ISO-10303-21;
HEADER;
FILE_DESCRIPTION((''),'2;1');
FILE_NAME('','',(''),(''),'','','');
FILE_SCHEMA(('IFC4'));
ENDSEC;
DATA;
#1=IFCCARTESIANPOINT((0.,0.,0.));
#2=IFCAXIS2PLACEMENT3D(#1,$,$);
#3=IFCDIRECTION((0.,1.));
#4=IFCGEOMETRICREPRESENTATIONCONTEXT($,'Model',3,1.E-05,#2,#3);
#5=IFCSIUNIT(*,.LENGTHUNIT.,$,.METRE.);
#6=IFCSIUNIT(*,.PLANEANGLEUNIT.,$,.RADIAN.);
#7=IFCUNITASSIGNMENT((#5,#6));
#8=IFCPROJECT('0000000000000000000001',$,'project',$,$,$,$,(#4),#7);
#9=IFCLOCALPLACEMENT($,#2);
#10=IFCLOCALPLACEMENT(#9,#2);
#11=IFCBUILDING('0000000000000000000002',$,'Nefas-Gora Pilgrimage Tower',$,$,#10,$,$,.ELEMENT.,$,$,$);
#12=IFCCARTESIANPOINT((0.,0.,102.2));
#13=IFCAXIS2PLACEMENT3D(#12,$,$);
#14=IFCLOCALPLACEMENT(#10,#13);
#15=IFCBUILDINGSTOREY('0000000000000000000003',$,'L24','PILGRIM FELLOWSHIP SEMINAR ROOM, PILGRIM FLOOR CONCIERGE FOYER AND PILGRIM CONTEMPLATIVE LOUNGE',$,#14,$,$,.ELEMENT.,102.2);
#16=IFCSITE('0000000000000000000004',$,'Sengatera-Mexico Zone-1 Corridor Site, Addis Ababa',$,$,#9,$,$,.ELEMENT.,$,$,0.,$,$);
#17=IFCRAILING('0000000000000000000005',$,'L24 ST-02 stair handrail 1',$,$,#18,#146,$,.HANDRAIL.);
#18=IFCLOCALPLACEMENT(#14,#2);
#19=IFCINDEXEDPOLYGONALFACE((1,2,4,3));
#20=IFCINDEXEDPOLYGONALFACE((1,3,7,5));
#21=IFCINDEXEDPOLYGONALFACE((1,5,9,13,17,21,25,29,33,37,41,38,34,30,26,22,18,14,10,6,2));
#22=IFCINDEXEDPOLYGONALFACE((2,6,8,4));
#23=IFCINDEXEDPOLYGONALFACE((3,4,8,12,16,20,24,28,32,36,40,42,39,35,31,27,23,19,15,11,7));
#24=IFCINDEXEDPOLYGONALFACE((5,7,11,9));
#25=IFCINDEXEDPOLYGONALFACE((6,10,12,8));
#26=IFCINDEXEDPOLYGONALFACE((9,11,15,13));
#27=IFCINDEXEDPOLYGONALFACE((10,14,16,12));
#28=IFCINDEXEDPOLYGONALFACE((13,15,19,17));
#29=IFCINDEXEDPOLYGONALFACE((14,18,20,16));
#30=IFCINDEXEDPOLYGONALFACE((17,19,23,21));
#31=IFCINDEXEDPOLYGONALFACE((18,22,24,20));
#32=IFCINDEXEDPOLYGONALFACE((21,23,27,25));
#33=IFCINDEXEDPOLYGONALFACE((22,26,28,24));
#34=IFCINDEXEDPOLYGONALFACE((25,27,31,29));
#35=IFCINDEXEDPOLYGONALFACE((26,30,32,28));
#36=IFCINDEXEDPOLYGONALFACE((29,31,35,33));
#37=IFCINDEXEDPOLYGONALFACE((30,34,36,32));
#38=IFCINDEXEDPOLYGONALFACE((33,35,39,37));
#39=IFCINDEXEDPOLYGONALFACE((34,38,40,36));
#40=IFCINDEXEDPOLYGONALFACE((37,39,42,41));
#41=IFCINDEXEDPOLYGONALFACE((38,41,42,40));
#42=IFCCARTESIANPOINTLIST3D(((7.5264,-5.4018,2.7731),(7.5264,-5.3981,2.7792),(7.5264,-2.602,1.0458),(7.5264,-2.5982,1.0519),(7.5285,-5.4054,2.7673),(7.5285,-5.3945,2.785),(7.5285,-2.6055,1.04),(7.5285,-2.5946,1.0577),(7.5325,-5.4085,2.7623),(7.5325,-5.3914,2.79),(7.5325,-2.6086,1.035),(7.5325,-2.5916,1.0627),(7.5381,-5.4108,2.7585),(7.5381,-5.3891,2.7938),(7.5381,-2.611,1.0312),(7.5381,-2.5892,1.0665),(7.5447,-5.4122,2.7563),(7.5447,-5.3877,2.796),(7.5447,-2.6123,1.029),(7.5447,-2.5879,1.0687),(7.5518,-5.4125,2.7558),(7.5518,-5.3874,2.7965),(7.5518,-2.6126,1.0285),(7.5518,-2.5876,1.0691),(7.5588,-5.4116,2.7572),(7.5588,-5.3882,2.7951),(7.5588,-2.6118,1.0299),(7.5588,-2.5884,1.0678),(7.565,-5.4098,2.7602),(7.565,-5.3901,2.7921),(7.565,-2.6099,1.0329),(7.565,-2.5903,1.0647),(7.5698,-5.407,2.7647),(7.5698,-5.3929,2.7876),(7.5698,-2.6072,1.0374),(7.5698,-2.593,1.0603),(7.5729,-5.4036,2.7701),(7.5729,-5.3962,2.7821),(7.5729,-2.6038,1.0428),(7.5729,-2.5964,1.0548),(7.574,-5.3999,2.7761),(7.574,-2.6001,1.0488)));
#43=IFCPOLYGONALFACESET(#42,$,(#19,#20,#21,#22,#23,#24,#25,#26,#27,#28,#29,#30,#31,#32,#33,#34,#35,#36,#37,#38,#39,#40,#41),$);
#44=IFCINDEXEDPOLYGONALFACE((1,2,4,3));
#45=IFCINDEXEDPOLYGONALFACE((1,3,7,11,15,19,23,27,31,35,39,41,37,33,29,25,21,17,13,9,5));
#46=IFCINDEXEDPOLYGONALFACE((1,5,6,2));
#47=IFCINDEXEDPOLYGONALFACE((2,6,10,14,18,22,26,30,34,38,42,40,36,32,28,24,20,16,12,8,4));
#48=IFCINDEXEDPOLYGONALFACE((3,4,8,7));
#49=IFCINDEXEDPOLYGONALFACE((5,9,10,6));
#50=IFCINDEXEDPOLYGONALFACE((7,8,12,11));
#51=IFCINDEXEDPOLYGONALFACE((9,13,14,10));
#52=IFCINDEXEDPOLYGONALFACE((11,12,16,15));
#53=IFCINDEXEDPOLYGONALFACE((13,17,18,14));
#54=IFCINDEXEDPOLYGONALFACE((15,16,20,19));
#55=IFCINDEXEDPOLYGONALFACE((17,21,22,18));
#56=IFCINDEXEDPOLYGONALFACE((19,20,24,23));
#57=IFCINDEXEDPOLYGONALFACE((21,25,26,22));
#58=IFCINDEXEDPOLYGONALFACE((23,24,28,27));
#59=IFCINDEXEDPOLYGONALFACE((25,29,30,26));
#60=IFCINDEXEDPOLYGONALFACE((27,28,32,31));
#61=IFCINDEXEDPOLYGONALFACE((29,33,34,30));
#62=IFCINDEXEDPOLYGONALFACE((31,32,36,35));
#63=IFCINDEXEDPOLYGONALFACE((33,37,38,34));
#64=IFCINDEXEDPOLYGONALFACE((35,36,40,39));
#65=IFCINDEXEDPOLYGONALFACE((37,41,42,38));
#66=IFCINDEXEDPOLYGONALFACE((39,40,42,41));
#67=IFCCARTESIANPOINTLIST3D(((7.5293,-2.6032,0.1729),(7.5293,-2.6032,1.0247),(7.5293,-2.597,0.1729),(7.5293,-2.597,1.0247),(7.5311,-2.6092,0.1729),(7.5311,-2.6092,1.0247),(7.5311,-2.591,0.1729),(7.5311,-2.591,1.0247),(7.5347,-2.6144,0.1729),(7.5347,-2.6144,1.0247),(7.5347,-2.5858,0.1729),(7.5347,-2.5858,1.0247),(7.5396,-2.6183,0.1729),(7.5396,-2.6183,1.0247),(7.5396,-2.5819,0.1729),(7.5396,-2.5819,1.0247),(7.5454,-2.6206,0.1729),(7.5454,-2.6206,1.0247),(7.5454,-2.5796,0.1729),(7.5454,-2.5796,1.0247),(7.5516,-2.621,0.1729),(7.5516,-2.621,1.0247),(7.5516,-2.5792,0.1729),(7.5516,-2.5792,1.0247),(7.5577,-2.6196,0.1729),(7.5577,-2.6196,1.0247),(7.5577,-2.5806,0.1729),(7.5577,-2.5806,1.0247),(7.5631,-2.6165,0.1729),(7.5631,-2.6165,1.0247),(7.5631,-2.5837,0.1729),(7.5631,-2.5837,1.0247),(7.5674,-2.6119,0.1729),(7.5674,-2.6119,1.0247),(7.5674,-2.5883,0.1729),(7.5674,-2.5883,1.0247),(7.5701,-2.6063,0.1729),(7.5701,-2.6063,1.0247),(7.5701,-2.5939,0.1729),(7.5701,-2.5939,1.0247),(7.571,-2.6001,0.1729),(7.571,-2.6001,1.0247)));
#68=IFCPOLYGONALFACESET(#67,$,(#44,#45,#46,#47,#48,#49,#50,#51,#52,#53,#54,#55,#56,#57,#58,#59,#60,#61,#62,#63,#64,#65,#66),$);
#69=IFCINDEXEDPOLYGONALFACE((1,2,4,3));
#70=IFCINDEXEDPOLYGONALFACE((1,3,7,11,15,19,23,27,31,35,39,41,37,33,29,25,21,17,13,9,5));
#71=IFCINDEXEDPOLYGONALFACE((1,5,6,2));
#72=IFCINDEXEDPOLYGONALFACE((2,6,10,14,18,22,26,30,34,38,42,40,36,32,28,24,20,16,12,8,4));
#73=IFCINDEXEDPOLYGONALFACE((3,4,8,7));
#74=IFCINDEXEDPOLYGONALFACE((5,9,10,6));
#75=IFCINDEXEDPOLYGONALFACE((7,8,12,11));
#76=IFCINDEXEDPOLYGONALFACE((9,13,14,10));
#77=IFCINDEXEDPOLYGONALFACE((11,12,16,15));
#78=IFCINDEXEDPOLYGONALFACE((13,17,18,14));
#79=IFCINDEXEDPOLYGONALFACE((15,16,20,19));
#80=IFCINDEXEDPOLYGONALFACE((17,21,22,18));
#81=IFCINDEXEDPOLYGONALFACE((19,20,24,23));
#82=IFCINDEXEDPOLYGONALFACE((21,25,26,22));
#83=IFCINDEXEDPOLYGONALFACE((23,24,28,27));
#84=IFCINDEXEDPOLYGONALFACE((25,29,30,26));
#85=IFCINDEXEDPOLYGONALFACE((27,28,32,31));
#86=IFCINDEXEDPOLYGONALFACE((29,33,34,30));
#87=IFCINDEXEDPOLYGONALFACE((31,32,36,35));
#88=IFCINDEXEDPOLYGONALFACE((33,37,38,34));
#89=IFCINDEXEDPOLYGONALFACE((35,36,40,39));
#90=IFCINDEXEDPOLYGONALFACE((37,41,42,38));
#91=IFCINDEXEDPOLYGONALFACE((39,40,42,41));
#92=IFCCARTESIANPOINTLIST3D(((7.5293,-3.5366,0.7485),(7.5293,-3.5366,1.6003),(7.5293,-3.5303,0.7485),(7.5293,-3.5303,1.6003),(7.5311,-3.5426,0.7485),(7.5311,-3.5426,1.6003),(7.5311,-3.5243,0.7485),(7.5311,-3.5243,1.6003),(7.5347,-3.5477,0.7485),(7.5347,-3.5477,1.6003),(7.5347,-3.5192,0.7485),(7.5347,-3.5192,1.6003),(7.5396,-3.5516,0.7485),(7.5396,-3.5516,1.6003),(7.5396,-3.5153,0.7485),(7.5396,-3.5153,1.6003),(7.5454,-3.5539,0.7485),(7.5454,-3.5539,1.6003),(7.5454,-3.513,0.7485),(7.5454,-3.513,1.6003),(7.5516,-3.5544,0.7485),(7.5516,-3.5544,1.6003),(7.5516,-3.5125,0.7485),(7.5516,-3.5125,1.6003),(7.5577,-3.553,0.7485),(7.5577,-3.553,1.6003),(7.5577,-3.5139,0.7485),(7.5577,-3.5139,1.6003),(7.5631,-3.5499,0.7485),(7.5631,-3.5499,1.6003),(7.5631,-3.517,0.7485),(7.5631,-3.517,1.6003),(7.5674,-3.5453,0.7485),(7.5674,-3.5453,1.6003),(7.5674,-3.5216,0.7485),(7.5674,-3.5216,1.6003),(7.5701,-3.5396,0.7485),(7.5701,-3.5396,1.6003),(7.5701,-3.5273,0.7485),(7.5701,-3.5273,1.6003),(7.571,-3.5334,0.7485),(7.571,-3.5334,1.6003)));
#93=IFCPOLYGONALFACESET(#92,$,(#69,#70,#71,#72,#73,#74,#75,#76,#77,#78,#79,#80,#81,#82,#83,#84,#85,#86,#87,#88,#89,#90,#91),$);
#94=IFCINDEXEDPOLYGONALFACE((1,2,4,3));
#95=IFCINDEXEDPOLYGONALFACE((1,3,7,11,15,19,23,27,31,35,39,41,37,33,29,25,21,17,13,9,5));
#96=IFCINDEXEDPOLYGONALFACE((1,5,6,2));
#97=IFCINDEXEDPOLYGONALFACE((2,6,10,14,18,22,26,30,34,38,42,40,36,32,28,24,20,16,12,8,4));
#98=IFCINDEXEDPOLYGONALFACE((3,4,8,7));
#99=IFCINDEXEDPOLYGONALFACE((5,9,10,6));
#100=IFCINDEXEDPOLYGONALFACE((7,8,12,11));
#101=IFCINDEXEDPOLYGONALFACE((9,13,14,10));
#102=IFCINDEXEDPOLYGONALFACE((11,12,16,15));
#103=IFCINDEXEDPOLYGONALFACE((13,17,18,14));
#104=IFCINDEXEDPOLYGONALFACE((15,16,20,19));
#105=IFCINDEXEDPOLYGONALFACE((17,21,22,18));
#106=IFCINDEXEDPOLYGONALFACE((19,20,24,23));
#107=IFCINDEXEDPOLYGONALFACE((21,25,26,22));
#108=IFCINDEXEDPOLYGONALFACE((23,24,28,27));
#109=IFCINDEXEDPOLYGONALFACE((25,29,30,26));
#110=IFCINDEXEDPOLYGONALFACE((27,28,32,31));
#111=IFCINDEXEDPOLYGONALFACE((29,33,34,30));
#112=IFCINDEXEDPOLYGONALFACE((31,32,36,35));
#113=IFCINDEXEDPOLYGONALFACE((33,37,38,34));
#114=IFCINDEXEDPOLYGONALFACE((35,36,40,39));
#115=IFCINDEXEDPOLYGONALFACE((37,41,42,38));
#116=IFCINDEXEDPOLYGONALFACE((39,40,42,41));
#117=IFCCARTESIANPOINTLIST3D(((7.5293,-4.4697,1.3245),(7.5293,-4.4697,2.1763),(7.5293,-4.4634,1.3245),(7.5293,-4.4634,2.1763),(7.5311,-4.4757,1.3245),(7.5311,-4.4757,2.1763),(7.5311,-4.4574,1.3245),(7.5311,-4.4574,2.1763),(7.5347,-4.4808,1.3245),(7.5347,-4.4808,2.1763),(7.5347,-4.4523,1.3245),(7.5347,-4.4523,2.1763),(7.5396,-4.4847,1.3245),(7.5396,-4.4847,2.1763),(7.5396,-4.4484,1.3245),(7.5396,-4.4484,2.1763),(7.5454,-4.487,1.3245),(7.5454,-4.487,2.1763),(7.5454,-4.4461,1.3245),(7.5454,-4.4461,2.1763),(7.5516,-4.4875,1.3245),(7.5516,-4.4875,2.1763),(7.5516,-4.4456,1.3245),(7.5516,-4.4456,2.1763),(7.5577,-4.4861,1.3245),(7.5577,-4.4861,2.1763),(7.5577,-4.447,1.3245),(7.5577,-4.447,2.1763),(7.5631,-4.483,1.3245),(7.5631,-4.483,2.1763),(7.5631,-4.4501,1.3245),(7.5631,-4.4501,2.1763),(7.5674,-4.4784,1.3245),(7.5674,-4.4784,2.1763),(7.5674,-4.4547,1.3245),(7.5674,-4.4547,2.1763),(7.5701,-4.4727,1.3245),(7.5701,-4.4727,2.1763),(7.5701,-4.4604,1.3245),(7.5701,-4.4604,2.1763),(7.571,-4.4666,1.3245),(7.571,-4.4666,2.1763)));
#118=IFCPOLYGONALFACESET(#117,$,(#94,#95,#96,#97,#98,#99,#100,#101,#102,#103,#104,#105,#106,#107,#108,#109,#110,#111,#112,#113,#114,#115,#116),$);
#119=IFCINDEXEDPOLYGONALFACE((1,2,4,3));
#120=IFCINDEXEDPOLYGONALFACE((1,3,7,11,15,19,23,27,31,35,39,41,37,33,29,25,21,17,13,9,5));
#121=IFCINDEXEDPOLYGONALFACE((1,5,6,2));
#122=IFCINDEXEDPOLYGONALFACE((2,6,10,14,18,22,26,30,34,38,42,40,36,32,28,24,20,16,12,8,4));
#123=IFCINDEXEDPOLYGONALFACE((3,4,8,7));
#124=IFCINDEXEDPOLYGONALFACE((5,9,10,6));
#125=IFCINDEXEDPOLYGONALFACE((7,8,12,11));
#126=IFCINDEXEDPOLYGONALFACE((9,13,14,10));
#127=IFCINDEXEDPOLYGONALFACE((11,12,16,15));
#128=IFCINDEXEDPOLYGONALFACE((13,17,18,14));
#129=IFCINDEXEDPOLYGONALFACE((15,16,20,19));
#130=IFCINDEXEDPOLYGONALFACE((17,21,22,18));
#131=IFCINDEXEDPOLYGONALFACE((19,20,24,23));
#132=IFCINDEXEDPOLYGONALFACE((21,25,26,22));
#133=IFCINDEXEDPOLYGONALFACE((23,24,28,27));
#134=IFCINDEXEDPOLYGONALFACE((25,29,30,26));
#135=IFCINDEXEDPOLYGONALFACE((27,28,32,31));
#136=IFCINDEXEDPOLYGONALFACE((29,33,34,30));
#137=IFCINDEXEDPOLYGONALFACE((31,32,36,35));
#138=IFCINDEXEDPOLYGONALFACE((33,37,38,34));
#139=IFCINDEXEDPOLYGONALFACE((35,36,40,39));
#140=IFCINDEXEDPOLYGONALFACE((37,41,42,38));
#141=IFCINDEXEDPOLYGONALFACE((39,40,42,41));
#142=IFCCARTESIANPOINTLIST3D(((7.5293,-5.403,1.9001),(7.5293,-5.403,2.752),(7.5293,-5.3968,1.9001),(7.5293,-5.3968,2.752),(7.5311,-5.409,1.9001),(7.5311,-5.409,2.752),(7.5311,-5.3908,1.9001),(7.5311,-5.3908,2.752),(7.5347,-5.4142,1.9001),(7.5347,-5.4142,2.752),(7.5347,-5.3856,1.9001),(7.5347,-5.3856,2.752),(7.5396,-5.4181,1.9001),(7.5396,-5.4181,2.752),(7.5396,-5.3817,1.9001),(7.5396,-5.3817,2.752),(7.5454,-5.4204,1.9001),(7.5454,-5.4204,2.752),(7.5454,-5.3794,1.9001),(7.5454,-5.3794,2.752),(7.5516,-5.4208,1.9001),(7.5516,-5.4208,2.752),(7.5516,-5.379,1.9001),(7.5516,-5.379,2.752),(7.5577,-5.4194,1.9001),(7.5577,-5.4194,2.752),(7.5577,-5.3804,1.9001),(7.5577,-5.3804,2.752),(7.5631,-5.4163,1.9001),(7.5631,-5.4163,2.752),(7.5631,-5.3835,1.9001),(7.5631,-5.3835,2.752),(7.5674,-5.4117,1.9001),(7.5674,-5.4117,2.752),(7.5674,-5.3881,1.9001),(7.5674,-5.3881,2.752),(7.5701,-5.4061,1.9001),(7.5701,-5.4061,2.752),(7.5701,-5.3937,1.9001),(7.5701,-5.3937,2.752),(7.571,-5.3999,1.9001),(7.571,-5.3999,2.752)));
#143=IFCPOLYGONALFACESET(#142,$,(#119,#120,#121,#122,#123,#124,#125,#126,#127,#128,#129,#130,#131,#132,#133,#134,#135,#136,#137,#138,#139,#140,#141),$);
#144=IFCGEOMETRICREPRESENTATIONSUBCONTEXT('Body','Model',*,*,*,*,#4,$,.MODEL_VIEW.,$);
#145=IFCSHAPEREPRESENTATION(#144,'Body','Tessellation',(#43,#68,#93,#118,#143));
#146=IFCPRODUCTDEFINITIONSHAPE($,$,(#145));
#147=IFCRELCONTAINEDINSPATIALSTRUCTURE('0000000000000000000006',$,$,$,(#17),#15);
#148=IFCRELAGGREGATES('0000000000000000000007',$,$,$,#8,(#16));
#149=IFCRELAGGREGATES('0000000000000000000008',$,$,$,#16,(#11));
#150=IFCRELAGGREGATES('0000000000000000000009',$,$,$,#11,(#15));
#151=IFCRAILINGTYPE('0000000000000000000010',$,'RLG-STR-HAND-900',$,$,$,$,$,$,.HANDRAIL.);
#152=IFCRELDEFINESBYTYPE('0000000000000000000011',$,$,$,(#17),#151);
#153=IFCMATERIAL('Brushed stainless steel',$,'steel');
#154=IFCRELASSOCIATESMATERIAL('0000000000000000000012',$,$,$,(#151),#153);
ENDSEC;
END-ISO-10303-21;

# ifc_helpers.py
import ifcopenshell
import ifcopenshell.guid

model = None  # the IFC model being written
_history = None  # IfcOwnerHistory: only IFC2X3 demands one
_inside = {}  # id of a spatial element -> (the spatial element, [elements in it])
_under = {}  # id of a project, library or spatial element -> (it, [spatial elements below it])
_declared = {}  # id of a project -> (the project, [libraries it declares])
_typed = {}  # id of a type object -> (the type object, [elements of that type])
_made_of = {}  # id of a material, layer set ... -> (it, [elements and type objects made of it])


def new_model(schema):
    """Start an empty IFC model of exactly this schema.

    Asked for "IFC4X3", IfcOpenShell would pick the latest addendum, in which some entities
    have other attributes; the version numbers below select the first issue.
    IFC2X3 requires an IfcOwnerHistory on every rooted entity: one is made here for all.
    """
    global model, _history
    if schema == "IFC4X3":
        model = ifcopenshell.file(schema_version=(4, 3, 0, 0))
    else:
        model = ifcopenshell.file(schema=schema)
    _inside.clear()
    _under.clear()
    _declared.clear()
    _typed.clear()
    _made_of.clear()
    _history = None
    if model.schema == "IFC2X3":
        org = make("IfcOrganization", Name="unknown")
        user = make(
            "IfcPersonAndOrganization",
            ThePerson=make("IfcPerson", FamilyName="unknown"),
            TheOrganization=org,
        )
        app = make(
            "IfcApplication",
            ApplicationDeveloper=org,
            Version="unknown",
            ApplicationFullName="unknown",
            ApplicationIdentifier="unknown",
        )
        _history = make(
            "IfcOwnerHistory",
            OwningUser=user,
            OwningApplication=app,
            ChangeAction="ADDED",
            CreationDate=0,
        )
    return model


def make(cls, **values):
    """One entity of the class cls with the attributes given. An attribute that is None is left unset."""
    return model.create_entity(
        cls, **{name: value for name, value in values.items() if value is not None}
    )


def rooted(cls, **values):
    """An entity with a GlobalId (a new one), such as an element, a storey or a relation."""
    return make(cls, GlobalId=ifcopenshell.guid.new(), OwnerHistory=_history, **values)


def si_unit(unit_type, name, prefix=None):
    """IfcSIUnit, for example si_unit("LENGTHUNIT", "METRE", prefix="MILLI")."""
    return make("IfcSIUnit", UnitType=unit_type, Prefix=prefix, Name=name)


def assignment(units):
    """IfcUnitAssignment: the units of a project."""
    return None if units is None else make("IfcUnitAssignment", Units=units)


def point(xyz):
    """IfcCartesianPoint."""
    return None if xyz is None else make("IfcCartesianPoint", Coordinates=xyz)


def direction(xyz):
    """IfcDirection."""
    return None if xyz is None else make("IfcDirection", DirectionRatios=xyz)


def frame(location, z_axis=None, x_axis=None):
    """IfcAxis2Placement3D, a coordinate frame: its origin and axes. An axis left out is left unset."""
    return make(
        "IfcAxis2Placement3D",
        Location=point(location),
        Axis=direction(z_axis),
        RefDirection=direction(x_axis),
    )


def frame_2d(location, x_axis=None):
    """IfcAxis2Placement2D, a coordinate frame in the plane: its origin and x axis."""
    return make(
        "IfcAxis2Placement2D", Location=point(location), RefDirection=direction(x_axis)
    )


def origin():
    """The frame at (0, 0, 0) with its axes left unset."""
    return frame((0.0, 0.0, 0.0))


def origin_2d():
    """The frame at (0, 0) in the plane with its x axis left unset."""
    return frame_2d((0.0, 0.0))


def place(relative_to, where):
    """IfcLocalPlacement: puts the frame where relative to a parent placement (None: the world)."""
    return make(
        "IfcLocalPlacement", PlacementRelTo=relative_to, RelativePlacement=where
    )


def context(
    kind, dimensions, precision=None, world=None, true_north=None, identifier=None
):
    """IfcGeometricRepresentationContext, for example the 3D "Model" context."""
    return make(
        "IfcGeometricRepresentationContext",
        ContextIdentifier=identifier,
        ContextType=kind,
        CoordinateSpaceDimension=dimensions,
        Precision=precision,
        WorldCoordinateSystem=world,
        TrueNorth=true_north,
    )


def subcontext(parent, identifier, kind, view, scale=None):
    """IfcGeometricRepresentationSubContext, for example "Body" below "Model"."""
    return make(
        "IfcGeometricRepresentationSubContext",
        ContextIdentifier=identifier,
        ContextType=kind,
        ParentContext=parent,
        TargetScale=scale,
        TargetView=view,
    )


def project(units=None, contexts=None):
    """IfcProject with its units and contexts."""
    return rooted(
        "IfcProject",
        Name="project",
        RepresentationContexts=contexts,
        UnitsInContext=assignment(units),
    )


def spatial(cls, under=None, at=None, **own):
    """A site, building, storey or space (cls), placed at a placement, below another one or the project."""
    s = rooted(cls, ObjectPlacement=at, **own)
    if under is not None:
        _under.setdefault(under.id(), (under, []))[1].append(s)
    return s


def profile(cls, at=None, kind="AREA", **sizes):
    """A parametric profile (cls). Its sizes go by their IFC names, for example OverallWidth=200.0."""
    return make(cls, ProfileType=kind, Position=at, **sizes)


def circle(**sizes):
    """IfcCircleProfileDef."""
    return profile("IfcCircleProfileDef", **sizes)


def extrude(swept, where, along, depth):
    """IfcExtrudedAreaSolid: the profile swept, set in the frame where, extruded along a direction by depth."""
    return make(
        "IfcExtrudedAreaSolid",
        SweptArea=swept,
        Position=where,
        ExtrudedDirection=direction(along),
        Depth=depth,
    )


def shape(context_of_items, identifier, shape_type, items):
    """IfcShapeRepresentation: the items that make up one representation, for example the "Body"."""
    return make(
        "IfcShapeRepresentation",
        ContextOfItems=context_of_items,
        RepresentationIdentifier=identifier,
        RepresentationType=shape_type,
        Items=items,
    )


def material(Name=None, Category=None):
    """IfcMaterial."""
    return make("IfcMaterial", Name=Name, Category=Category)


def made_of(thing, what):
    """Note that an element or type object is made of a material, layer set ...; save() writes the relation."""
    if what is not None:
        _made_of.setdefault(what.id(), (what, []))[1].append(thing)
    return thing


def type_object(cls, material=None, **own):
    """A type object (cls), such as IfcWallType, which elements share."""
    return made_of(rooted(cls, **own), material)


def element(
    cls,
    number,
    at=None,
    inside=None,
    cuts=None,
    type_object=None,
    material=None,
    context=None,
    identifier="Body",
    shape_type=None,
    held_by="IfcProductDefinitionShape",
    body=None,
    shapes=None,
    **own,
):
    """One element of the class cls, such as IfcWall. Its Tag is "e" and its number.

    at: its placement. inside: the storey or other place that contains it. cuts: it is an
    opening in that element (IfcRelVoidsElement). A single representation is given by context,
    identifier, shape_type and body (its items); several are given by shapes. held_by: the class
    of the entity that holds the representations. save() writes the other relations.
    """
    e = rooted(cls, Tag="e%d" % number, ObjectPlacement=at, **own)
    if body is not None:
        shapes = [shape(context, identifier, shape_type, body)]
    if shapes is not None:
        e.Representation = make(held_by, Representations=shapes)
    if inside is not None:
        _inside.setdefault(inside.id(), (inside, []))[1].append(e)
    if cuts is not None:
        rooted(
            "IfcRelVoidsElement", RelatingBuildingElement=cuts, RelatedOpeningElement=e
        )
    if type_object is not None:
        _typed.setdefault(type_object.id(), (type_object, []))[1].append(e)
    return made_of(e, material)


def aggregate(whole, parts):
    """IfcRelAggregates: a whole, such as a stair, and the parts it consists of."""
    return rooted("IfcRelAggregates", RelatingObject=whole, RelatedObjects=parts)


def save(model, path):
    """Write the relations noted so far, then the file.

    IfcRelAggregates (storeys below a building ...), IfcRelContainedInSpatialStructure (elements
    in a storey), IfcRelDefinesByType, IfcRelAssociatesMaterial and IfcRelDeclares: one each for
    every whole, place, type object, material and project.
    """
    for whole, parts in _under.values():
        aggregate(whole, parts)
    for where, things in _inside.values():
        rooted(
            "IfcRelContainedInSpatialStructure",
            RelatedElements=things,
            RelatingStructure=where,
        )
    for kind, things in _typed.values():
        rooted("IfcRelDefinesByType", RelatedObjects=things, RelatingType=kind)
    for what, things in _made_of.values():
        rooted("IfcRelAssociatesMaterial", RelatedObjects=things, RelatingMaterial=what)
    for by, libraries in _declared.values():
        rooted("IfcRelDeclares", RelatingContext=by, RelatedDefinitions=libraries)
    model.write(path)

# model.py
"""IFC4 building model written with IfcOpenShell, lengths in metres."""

from ifc_helpers import new_model, si_unit, direction, frame, origin, origin_2d, place, context, subcontext, project, spatial, circle, extrude, material, type_object, element, save


model = new_model("IFC4")

# Units and contexts
model_context = context("Model", 3, precision=1e-05, world=origin(), true_north=direction((0.0, 1.0)))
body_context = subcontext(model_context, "Body", "Model", "MODEL_VIEW")
ifc_project = project(units=[si_unit("LENGTHUNIT", "METRE"), si_unit("PLANEANGLEUNIT", "RADIAN")], contexts=[model_context])

# Site, building, storey
site_placement = place(None, origin())
site = spatial("IfcSite", under=ifc_project, at=site_placement, Name="Sengatera-Mexico Zone-1 Corridor Site, Addis Ababa", CompositionType="ELEMENT", RefElevation=0.0)
building_placement = place(site_placement, origin())
building = spatial("IfcBuilding", under=site, at=building_placement, Name="Nefas-Gora Pilgrimage Tower", CompositionType="ELEMENT")
storey_placement = place(building_placement, frame((0.0, 0.0, 102.2)))
storey = spatial("IfcBuildingStorey", under=building, at=storey_placement, Name="L24", Description="PILGRIM FELLOWSHIP SEMINAR ROOM, PILGRIM FLOOR CONCIERGE FOYER AND PILGRIM CONTEMPLATIVE LOUNGE", CompositionType="ELEMENT", Elevation=102.2)

# Railing
ifc_material_1 = material(Name="Brushed stainless steel", Category="steel")
railing_type = type_object("IfcRailingType", Name="RLG-STR-HAND-900", PredefinedType="HANDRAIL", material=ifc_material_1)
railing_placement = place(storey_placement, frame((7.55, -2.6001, 0.1729)))
element("IfcRailing", 1, at=railing_placement, inside=storey, type_object=railing_type, Name="L24 ST-02 stair handrail 1", PredefinedType="HANDRAIL", context=body_context, shape_type="SweptSolid", body=[
    extrude(circle(Radius=0.0239, at=origin_2d()), frame((0.0, 0.0, 0.876), z_axis=(0.0, -0.851069, 0.525054), x_axis=(1.0, 0.0, 0.0)), (0.0, 0.0, 1.0), 3.2898),
    extrude(circle(Radius=0.021, at=origin_2d()), origin(), (0.0, 0.0, 1.0), 0.8518),
    extrude(circle(Radius=0.021, at=origin_2d()), frame((0.0, -0.9333, 0.5757)), (0.0, 0.0, 1.0), 0.8518),
    extrude(circle(Radius=0.021, at=origin_2d()), frame((0.0, -1.8665, 1.1516)), (0.0, 0.0, 1.0), 0.8518),
    extrude(circle(Radius=0.021, at=origin_2d()), frame((0.0, -2.7998, 1.7273)), (0.0, 0.0, 1.0), 0.8518),
])

save(model, "model.ifc")
